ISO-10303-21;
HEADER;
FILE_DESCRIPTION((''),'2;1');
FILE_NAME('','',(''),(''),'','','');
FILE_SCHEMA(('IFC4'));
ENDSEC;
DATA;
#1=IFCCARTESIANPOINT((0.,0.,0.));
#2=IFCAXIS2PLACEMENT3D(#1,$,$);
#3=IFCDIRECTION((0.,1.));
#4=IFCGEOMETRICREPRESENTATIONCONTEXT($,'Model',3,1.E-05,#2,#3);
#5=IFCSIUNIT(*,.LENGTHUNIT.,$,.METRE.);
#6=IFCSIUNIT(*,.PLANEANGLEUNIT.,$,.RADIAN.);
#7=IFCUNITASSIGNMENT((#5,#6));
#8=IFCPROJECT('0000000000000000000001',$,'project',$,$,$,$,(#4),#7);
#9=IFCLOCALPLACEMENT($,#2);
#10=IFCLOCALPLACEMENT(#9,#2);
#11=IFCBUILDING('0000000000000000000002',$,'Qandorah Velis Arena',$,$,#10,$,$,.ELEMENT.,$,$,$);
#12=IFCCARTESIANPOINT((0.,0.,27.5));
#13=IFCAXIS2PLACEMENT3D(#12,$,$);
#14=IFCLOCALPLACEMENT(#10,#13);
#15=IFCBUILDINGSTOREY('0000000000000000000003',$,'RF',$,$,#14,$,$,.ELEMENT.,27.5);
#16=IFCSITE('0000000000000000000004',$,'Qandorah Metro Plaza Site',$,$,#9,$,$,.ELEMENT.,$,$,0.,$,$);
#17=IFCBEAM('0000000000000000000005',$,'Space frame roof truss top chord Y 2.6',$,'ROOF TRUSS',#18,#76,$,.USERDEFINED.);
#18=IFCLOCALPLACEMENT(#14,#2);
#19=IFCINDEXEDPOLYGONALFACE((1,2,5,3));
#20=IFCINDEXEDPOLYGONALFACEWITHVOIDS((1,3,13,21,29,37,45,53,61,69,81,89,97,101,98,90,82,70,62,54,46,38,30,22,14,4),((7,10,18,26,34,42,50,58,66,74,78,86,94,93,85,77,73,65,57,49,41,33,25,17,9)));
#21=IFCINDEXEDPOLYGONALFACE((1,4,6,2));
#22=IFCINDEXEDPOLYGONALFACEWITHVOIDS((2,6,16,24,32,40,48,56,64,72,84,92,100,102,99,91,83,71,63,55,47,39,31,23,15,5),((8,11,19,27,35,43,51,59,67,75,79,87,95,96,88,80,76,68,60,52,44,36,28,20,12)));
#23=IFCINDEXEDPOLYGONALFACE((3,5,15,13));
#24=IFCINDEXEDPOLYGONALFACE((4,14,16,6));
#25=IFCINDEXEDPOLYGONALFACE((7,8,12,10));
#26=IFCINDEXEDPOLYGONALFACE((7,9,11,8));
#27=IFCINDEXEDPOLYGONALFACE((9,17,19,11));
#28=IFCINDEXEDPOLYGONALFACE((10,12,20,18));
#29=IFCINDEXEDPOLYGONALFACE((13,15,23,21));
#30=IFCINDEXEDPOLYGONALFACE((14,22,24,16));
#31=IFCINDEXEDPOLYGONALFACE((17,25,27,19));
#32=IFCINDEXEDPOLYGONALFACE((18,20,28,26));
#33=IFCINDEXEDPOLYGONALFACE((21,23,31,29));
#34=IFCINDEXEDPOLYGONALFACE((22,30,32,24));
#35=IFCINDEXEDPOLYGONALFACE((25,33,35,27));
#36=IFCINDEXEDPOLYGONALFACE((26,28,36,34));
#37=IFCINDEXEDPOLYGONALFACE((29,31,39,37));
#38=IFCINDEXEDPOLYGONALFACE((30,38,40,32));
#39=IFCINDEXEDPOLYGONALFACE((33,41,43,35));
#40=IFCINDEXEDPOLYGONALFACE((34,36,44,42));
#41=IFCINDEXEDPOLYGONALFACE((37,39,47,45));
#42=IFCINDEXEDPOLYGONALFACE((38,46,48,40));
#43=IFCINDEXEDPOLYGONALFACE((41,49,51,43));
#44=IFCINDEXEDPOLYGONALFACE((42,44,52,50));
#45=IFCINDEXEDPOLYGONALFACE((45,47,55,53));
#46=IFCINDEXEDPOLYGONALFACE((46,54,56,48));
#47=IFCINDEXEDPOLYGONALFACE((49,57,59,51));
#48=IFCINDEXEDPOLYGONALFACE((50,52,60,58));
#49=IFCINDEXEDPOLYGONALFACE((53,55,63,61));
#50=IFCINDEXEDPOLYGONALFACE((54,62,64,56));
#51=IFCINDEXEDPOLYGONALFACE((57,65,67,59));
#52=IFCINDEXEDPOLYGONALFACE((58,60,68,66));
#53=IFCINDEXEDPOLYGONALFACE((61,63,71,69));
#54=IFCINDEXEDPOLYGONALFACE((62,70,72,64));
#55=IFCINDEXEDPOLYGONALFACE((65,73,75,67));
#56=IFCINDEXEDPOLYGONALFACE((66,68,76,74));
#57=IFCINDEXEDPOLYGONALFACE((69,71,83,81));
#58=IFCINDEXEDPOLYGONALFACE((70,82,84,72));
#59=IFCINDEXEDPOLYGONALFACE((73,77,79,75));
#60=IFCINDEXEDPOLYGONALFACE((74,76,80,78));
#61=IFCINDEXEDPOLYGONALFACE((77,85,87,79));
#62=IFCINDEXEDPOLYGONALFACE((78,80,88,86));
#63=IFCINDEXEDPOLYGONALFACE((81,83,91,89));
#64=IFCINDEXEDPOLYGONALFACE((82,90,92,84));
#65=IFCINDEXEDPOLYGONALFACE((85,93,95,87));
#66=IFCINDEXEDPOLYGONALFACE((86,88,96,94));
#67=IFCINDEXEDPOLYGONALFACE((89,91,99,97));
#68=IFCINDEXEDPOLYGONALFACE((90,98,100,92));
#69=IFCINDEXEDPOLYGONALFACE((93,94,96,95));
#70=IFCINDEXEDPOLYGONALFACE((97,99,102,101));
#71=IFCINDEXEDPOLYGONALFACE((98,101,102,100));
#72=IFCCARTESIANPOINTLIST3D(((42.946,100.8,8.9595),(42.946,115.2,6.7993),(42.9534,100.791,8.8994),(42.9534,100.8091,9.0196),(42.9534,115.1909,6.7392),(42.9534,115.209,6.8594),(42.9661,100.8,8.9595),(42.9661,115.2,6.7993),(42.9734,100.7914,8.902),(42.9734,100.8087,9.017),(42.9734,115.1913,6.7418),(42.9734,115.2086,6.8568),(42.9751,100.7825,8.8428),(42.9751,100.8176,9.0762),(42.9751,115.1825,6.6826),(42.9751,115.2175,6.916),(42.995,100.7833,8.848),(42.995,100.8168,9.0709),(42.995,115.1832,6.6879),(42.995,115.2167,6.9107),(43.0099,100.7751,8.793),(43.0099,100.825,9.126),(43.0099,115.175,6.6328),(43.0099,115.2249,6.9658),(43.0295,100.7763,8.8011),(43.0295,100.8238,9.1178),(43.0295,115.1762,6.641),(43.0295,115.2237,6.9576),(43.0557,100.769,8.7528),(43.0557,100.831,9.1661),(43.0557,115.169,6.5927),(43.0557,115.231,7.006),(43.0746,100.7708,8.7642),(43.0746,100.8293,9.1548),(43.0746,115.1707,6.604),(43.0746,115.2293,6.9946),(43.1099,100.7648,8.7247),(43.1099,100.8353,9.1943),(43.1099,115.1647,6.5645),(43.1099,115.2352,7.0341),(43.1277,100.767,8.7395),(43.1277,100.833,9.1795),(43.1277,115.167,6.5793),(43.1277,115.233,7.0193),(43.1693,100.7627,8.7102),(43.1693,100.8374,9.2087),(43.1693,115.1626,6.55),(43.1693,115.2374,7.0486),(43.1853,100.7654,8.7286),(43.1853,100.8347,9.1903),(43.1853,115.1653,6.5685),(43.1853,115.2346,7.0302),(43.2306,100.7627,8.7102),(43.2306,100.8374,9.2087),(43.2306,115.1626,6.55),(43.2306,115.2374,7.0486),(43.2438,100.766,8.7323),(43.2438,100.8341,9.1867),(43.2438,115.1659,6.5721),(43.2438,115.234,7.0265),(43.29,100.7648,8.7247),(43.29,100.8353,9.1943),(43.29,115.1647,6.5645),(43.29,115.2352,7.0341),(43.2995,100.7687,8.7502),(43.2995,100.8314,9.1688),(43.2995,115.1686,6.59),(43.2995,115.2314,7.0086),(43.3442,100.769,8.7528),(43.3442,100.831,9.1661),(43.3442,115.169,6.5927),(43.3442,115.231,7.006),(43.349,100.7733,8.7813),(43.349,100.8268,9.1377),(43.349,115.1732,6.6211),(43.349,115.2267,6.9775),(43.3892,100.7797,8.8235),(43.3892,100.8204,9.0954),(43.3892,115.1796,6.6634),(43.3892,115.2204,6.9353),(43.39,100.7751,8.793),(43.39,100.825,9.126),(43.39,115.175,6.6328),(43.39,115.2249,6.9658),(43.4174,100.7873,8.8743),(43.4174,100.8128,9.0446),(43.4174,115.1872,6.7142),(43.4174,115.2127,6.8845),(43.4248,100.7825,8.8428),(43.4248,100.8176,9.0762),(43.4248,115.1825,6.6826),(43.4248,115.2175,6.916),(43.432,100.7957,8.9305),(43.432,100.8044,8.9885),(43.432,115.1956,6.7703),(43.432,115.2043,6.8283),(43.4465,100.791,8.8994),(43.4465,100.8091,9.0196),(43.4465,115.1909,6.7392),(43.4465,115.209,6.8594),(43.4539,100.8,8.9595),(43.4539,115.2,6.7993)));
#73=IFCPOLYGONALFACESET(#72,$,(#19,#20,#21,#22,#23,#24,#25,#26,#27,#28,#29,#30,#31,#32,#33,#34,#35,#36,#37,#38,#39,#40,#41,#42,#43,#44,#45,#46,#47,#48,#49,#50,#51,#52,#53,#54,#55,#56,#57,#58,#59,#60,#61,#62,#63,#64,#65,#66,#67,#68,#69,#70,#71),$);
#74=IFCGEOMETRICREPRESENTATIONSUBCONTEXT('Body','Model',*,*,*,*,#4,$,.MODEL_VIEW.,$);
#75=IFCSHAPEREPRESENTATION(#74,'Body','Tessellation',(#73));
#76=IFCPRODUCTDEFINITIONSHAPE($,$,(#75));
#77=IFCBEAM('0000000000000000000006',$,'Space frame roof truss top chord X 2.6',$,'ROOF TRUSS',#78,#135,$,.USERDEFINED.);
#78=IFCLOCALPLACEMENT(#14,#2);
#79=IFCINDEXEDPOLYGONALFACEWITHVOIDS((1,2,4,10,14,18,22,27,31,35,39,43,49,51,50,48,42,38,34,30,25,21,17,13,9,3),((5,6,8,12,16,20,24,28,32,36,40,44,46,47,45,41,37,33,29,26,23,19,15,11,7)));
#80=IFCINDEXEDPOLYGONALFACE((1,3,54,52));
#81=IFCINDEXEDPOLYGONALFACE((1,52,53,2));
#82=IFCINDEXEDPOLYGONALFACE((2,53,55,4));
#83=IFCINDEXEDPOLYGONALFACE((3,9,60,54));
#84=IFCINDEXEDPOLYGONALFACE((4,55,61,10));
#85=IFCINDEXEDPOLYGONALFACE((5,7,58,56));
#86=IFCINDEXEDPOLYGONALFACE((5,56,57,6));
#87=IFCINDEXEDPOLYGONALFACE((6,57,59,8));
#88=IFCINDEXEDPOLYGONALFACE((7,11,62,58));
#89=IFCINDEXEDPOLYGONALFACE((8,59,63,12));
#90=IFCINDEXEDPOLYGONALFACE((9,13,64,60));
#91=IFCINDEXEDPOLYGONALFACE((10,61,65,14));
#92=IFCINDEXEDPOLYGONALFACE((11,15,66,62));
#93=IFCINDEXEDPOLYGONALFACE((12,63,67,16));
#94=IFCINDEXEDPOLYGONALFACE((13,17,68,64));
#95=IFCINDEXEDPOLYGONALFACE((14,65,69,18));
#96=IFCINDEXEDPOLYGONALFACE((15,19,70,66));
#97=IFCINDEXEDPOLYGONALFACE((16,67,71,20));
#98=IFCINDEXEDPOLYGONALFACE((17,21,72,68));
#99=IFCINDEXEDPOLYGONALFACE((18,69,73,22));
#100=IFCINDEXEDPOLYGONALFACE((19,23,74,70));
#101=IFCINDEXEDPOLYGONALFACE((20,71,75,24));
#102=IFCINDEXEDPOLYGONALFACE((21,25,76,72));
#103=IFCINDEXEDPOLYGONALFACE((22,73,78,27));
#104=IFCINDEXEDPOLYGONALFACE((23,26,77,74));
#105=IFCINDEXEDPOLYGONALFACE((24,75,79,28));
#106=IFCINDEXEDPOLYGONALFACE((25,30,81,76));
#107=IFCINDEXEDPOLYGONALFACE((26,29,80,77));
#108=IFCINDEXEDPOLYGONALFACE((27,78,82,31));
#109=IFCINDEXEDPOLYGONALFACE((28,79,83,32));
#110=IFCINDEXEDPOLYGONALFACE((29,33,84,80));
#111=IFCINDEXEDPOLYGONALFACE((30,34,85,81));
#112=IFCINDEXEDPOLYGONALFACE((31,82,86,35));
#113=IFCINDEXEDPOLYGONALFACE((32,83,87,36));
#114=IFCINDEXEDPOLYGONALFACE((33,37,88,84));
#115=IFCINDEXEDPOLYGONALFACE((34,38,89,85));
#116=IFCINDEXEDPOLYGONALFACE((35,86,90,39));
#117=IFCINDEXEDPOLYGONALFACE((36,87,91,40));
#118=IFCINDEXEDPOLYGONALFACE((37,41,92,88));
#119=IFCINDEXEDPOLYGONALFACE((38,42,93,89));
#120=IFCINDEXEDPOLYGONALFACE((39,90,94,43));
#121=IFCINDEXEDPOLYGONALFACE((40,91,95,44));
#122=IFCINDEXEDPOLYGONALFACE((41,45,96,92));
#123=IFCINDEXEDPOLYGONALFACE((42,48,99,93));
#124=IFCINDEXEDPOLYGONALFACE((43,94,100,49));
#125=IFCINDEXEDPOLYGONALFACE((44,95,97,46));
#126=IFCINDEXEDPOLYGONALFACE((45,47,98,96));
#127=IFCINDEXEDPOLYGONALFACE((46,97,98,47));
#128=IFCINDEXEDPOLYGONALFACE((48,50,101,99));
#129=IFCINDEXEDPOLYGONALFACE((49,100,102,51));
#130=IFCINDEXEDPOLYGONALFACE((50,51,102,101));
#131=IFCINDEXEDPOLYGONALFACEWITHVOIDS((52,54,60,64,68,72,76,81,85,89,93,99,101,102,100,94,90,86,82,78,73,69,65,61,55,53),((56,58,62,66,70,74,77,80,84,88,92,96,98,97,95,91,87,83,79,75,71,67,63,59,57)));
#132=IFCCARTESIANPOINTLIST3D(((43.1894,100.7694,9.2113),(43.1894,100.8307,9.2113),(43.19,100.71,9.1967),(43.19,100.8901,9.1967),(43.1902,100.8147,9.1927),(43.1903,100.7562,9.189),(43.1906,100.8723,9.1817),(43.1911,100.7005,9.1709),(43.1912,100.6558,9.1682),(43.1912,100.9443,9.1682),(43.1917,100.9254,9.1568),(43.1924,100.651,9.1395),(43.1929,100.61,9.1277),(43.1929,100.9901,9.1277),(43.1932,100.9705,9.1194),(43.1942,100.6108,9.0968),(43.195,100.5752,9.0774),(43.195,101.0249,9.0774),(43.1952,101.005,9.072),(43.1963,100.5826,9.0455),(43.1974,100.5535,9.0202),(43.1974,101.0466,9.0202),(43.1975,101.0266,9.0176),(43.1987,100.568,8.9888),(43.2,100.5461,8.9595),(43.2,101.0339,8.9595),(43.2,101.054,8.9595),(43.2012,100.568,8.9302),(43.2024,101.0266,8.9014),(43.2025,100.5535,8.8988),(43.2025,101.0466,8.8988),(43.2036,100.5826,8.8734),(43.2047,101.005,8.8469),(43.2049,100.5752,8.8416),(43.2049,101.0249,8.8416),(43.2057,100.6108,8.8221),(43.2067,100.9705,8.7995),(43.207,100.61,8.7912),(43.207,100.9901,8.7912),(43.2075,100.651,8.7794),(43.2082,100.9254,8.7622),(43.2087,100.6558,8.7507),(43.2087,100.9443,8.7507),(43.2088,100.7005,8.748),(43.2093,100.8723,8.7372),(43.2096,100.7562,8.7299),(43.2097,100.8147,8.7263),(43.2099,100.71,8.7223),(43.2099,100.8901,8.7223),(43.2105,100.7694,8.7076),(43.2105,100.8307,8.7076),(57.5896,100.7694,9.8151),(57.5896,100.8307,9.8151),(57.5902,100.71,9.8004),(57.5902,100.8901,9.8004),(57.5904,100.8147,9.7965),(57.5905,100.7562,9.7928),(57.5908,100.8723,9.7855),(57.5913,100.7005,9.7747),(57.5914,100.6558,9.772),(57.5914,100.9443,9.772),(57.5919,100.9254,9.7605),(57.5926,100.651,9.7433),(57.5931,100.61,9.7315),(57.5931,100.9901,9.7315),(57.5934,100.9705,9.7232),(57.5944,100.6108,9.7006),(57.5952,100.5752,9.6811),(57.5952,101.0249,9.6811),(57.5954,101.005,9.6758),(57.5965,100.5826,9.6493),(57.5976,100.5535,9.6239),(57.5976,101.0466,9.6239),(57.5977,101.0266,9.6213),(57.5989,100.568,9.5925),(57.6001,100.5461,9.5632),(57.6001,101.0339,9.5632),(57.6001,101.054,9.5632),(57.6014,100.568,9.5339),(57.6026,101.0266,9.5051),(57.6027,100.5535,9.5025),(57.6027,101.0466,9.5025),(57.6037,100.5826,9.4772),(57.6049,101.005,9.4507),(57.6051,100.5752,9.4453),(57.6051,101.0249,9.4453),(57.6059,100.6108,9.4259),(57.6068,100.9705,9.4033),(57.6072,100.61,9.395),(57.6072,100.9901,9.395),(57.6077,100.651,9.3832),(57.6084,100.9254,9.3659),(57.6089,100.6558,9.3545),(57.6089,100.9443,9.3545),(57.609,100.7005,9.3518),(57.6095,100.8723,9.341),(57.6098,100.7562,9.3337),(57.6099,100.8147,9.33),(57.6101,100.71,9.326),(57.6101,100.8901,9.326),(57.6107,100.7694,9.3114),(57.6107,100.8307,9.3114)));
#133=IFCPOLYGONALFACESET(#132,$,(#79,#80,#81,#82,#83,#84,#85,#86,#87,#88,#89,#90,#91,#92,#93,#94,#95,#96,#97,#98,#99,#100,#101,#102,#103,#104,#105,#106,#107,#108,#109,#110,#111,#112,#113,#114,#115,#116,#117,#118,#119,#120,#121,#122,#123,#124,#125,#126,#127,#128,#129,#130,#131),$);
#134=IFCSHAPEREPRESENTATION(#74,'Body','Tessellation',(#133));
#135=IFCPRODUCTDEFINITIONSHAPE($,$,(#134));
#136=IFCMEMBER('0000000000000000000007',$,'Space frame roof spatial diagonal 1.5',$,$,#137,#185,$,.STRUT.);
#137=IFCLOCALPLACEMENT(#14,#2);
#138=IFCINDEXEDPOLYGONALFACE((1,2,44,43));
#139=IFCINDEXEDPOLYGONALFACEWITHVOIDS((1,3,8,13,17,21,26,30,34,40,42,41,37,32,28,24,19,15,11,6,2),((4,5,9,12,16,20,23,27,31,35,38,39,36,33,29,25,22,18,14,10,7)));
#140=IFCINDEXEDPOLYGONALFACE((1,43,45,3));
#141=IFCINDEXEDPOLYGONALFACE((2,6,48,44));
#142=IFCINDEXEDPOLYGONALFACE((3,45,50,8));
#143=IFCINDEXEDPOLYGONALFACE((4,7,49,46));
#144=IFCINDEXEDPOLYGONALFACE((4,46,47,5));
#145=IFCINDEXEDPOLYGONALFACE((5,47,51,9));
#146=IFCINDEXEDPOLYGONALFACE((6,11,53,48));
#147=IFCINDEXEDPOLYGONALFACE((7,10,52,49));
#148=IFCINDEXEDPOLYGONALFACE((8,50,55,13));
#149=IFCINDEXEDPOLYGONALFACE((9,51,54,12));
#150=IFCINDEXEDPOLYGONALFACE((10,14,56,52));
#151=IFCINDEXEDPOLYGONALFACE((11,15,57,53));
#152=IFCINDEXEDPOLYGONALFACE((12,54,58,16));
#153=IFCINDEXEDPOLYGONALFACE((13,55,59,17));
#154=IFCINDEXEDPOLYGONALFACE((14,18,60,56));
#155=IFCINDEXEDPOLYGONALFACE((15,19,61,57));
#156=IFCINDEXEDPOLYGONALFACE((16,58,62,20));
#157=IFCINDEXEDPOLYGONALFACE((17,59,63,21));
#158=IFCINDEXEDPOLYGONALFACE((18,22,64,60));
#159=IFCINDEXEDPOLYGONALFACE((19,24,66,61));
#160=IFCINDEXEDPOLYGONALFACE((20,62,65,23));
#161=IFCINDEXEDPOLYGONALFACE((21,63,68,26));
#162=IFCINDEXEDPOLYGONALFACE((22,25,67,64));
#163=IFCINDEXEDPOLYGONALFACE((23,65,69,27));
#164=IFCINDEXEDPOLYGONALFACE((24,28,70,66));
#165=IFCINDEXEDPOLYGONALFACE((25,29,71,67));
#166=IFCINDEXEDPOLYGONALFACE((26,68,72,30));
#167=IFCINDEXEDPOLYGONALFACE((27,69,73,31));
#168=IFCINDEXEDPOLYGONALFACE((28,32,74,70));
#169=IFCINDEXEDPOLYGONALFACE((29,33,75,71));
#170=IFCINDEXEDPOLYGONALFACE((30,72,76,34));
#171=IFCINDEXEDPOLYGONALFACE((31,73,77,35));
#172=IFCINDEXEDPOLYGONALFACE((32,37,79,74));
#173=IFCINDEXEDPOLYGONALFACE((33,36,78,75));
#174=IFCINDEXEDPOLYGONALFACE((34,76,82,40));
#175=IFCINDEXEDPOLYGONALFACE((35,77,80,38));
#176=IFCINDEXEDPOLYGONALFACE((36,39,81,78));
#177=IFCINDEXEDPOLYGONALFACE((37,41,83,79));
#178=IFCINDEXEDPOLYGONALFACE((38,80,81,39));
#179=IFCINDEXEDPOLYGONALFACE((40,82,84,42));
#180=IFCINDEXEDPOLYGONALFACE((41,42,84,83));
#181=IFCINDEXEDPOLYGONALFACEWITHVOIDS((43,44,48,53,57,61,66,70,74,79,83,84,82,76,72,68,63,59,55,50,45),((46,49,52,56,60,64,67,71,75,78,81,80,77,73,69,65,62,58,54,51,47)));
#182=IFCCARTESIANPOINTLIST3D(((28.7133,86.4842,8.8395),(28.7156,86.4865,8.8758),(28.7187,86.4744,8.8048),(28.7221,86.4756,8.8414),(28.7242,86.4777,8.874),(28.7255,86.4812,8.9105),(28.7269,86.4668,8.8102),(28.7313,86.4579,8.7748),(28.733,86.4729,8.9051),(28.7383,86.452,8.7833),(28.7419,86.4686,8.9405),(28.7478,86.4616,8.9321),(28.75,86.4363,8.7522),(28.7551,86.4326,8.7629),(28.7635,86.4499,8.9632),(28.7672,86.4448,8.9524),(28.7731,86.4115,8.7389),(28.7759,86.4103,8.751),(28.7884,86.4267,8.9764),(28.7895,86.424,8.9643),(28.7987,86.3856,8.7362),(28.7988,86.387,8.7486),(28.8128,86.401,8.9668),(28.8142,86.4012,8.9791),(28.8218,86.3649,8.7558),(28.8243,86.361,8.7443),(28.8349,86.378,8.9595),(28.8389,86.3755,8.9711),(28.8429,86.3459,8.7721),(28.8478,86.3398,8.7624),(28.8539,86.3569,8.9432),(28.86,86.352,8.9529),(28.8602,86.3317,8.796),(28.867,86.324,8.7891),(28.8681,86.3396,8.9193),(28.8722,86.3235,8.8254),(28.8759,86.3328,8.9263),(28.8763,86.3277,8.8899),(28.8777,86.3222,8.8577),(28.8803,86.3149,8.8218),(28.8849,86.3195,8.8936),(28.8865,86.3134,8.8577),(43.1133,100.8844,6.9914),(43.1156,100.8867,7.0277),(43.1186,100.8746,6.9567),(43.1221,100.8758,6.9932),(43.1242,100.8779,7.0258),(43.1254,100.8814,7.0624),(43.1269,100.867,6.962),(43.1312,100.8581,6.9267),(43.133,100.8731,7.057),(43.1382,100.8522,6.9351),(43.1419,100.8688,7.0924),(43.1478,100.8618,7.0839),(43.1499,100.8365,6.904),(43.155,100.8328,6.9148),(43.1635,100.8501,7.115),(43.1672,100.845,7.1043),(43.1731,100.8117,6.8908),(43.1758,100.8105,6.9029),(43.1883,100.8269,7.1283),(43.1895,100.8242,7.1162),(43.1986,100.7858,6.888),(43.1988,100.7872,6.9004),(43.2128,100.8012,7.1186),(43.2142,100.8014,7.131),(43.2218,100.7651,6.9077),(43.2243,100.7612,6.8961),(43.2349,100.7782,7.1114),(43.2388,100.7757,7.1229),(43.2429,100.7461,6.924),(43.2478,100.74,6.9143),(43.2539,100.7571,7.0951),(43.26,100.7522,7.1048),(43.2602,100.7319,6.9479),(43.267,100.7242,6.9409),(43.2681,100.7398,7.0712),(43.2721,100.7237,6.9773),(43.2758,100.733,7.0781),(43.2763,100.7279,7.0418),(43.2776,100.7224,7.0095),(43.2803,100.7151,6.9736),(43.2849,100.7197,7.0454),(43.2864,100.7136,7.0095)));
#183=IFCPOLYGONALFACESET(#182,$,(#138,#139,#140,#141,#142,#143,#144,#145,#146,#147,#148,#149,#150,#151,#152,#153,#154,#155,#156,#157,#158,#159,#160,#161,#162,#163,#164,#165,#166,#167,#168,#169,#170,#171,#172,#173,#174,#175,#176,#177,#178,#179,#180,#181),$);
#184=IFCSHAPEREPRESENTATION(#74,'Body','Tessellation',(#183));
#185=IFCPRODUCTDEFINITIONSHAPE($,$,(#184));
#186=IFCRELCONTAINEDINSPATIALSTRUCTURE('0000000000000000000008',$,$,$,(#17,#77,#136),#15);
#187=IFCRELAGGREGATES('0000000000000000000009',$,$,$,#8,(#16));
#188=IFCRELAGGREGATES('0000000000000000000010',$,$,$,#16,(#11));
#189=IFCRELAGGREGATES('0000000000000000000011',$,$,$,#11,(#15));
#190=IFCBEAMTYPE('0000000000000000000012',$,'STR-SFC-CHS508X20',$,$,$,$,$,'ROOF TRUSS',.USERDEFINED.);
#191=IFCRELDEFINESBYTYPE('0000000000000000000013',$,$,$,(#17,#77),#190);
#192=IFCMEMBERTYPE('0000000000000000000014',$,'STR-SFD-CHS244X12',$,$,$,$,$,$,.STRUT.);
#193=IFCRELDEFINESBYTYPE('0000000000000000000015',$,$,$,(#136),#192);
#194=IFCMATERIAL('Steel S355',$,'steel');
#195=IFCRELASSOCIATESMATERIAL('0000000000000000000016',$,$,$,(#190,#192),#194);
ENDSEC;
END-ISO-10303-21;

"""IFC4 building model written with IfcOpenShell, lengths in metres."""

from ifc_helpers import new_model, si_unit, direction, frame, origin, origin_2d, place, context, subcontext, project, spatial, hollow_circle, extrude, material, material_profile, profile_set, type_object, element, save


model = new_model("IFC4")

# Units and contexts
model_context = context("Model", 3, precision=1e-05, world=origin(), true_north=direction((0.0, 1.0)))
body_context = subcontext(model_context, "Body", "Model", "MODEL_VIEW")
ifc_project = project(units=[si_unit("LENGTHUNIT", "METRE"), si_unit("PLANEANGLEUNIT", "RADIAN")], contexts=[model_context])

# Site, building, storey
site_placement = place(None, origin())
site = spatial("IfcSite", under=ifc_project, at=site_placement, Name="Qandorah Metro Plaza Site", CompositionType="ELEMENT", RefElevation=0.0)
building_placement = place(site_placement, origin())
building = spatial("IfcBuilding", under=site, at=building_placement, Name="Qandorah Velis Arena", CompositionType="ELEMENT")
storey_placement = place(building_placement, frame((0.0, 0.0, 27.5)))
storey = spatial("IfcBuildingStorey", under=building, at=storey_placement, Name="RF", CompositionType="ELEMENT", Elevation=27.5)

# Shared definitions
ifc_material_1 = material(Name="Steel S355", Category="steel")

# Beams
ifc_material_profile_1 = material_profile(ifc_material_1, hollow_circle(Radius=0.2539, WallThickness=0.02, at=origin_2d()), Name="CHS 508x20")
ifc_profile_set_1 = profile_set([ifc_material_profile_1], Name="Steel S355")
beam_type_1 = type_object("IfcBeamType", Name="STR-SFC-CHS508X20", ElementType="ROOF TRUSS", PredefinedType="USERDEFINED", material=ifc_profile_set_1)
beam_1_placement = place(storey_placement, frame((43.2, 100.8, 8.9595), z_axis=(0.0, 0.988935, -0.148352), x_axis=(-1.0, 0.0, 0.0)))
element("IfcBeam", 1, at=beam_1_placement, inside=storey, type_object=beam_type_1, Name="Space frame roof truss top chord Y 2.6", ObjectType="ROOF TRUSS", PredefinedType="USERDEFINED", context=body_context, shape_type="SweptSolid", body=[
    extrude(hollow_circle(Radius=0.2539, WallThickness=0.02, at=origin_2d()), origin(), (0.0, 0.0, 1.0), 14.561),
])
beam_2_placement = place(storey_placement, frame((43.2, 100.8, 8.9595), z_axis=(0.999122, 0.0, 0.041891), x_axis=(0.0, 1.0, 0.0)))
element("IfcBeam", 2, at=beam_2_placement, inside=storey, type_object=beam_type_1, Name="Space frame roof truss top chord X 2.6", ObjectType="ROOF TRUSS", PredefinedType="USERDEFINED", context=body_context, shape_type="SweptSolid", body=[
    extrude(hollow_circle(Radius=0.2539, WallThickness=0.02, at=origin_2d()), origin(), (0.0, 0.0, 1.0), 14.4128),
])

# Member
ifc_material_profile_2 = material_profile(ifc_material_1, hollow_circle(Radius=0.1223, WallThickness=0.0125, at=origin_2d()), Name="CHS 244.5x12.5")
ifc_profile_set_2 = profile_set([ifc_material_profile_2], Name="Steel S355")
member_type_1 = type_object("IfcMemberType", Name="STR-SFD-CHS244X12", PredefinedType="STRUT", material=ifc_profile_set_2)
member_1_placement = place(storey_placement, frame((43.2, 100.8, 7.0095), z_axis=(-0.704207, -0.704219, 0.090381), x_axis=(0.707113, -0.707101, 0.0)))
element("IfcMember", 3, at=member_1_placement, inside=storey, type_object=member_type_1, Name="Space frame roof spatial diagonal 1.5", PredefinedType="STRUT", context=body_context, shape_type="SweptSolid", body=[
    extrude(hollow_circle(Radius=0.1223, WallThickness=0.0125, at=origin_2d()), origin(), (0.0, 0.0, 1.0), 20.4485),
])

save(model, "model.ifc")
